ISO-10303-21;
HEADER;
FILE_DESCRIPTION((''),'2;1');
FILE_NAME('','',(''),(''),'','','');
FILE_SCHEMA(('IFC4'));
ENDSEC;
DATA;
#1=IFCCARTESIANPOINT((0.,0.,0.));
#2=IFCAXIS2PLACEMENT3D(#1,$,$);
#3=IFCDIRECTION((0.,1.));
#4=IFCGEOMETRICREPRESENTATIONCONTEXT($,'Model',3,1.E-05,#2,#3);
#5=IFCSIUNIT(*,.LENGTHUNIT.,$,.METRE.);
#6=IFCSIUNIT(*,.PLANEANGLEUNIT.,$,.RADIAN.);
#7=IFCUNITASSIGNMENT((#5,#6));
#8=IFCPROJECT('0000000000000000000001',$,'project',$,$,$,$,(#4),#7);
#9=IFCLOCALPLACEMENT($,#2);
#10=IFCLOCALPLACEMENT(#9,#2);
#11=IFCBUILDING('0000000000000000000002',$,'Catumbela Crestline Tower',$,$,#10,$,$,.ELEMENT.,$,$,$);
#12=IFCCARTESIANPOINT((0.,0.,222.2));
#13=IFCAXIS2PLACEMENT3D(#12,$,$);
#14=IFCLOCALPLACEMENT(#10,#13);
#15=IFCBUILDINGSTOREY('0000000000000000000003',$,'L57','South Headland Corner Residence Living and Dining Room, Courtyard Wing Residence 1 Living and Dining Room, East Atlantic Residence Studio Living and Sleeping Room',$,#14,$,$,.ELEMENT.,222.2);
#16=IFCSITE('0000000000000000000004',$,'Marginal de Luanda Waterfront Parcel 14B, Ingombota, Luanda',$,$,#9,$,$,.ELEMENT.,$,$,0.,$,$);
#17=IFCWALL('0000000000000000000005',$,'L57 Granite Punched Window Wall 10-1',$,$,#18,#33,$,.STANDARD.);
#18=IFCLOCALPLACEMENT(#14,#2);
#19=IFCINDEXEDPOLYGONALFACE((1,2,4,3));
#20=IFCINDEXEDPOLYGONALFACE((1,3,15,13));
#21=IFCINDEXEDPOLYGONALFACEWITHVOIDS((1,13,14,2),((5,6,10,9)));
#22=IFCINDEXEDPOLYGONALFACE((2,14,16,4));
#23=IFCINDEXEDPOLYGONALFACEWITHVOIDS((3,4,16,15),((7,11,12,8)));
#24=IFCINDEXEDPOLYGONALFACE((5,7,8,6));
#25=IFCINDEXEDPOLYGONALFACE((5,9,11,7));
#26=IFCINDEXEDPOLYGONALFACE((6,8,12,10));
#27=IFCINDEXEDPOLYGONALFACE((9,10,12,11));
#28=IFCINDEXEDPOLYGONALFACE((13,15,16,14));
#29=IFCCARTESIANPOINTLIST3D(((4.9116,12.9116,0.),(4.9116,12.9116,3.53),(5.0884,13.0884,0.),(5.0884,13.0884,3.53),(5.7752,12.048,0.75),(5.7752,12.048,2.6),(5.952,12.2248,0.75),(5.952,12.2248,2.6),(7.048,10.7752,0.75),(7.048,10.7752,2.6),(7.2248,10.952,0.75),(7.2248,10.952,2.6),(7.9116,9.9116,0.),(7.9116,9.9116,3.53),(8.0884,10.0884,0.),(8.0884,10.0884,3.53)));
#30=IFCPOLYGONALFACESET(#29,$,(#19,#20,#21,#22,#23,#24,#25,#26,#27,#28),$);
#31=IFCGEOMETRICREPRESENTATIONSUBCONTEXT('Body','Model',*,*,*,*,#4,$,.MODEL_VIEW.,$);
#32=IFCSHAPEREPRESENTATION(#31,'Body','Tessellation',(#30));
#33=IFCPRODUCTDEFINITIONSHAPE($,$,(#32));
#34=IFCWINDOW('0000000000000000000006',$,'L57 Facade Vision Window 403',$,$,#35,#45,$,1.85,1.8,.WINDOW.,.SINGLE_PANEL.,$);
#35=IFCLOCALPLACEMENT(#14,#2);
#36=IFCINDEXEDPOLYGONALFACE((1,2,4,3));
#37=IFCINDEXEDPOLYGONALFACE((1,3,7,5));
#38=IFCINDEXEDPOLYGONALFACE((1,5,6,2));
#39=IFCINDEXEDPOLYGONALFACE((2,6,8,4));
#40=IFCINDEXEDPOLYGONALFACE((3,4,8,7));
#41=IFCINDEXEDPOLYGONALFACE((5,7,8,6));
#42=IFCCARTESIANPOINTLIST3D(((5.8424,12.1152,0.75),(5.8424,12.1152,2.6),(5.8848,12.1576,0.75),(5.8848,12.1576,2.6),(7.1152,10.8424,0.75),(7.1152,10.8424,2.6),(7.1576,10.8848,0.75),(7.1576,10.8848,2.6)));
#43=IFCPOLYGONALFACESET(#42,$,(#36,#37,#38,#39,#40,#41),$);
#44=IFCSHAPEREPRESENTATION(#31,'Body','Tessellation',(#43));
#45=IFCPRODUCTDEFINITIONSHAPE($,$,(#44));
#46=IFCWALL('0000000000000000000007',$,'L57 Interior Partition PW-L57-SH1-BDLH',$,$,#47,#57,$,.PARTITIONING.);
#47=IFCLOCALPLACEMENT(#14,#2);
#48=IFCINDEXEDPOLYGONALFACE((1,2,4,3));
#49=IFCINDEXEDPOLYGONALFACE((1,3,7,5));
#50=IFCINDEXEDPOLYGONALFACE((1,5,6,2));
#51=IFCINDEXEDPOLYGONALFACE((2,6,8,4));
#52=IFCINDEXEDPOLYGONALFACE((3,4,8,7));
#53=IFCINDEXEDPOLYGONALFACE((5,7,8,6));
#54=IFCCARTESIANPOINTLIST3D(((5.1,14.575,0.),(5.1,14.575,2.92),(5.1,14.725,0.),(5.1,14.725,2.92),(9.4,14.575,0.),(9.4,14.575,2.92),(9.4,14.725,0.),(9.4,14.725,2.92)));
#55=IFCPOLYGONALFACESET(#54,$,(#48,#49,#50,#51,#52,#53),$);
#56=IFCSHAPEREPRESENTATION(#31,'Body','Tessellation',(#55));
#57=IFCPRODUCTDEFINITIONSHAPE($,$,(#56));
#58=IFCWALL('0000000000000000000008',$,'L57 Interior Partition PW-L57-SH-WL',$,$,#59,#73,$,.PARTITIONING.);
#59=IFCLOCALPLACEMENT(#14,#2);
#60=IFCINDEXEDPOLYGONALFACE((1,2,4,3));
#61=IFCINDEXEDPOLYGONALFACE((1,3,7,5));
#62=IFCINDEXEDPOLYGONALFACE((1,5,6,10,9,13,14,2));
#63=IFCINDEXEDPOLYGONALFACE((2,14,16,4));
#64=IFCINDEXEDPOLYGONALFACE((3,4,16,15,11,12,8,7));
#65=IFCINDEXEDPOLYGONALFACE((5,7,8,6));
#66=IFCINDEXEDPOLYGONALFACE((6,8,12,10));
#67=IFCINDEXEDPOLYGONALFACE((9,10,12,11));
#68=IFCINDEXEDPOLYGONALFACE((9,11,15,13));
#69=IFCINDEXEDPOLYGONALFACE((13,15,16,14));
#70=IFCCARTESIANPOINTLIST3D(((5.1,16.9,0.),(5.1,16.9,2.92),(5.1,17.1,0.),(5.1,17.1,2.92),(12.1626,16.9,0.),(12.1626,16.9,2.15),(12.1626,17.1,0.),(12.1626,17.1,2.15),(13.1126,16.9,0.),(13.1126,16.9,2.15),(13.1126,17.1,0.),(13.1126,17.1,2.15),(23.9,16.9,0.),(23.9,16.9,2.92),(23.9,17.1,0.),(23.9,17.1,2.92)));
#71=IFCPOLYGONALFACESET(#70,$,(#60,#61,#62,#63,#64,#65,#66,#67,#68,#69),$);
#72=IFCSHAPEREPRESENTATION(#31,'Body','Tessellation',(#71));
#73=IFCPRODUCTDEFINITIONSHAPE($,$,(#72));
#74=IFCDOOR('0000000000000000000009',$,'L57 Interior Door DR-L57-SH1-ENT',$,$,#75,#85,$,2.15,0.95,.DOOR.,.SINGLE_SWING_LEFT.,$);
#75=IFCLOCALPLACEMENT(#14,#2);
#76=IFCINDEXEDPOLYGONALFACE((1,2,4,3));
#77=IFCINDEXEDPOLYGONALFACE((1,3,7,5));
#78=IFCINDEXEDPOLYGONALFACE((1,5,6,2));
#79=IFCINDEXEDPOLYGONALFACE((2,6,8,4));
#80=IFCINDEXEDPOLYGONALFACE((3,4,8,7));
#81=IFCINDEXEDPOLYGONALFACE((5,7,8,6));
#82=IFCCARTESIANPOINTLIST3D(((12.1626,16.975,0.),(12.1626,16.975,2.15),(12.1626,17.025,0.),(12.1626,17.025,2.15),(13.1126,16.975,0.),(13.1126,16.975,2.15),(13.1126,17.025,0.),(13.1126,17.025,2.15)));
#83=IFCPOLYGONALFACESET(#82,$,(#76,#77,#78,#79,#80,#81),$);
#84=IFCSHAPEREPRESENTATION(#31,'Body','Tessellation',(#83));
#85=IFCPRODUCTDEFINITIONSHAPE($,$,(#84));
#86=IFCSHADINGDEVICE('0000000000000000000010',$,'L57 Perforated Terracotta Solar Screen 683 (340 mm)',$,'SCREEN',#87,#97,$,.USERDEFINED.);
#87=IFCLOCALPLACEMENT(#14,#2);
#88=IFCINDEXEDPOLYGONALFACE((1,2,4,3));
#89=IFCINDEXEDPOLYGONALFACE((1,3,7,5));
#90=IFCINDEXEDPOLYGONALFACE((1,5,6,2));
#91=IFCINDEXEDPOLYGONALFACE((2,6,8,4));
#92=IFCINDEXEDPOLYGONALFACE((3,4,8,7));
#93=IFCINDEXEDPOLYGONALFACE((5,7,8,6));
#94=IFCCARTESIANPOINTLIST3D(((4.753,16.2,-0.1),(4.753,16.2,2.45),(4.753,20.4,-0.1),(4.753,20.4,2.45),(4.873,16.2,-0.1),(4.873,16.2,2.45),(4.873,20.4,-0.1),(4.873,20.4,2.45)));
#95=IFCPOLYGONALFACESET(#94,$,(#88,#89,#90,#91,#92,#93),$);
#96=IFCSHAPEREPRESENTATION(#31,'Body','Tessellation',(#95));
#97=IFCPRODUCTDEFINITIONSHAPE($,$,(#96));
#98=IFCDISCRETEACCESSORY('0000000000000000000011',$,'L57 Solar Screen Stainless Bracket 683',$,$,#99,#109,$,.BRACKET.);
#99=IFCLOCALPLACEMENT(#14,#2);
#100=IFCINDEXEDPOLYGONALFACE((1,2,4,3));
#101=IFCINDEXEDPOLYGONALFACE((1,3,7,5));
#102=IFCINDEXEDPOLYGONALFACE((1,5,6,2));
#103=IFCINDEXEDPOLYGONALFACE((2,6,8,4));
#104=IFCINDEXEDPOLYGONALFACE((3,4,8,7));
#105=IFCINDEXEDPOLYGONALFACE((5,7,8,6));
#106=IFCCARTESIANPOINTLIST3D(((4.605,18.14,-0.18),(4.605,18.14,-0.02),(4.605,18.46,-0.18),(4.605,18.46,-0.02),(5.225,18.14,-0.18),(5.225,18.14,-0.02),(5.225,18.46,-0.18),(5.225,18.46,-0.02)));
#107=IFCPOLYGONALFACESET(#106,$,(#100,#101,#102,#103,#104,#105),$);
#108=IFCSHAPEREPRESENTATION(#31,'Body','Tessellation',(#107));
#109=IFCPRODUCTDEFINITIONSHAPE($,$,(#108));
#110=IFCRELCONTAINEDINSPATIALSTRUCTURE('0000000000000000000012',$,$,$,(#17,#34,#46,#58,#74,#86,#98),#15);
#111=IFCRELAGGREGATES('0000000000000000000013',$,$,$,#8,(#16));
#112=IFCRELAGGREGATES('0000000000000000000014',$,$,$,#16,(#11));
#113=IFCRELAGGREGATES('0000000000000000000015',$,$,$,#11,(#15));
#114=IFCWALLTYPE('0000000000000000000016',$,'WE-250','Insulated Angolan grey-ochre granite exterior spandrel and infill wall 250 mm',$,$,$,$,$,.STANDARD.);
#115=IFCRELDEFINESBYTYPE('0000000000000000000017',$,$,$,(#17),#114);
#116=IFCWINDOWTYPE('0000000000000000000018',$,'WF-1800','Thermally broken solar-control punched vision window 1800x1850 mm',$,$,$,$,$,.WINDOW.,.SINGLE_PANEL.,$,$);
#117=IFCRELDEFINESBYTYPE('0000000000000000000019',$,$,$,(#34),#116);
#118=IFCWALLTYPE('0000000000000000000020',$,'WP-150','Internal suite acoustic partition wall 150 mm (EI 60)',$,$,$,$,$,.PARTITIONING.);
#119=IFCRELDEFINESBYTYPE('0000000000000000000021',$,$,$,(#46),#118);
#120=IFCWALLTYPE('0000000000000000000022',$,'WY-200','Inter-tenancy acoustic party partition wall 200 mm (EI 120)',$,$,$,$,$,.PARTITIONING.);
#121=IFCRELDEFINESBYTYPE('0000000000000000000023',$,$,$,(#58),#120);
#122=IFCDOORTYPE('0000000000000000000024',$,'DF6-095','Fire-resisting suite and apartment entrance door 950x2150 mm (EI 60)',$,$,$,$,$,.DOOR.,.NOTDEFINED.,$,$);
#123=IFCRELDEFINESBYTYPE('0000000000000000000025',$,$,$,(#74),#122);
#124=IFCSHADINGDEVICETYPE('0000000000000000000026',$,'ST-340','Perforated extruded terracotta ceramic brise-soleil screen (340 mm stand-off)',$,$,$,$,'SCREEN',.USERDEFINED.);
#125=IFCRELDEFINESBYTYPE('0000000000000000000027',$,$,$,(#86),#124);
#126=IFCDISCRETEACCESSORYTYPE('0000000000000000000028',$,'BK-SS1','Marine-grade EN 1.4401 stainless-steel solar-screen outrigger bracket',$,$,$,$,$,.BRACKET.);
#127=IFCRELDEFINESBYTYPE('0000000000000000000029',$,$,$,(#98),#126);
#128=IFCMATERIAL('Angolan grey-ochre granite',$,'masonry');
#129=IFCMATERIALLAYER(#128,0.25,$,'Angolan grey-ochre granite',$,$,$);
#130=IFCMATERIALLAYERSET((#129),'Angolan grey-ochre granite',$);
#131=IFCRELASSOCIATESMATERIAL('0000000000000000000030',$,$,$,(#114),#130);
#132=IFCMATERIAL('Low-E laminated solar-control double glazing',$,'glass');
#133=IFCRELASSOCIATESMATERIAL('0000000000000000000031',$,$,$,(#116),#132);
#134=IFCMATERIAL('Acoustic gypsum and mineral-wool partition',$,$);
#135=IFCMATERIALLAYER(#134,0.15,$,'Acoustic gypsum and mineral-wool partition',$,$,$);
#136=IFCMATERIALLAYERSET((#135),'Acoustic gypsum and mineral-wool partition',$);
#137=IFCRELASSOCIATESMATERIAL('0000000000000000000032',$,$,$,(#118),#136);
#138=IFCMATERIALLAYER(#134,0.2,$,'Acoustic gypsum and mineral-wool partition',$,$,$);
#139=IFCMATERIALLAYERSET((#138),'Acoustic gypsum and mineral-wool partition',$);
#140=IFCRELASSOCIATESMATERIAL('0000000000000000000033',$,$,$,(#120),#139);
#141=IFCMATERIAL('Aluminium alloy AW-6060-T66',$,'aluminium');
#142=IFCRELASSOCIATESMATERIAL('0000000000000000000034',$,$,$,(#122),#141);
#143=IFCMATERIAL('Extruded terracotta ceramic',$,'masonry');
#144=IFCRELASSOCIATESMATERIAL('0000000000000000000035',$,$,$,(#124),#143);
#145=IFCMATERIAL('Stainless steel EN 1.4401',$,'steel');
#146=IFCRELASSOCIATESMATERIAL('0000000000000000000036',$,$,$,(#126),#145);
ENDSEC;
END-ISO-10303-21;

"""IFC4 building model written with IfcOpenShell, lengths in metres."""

from ifc_helpers import new_model, si_unit, direction, frame, frame_2d, origin, origin_2d, place, context, subcontext, project, spatial, rectangle, extrude, material, layer, layer_set, type_object, element, fill, save


model = new_model("IFC4")

# Units and contexts
model_context = context("Model", 3, precision=1e-05, world=origin(), true_north=direction((0.0, 1.0)))
body_context = subcontext(model_context, "Body", "Model", "MODEL_VIEW")
ifc_project = project(units=[si_unit("LENGTHUNIT", "METRE"), si_unit("PLANEANGLEUNIT", "RADIAN")], contexts=[model_context])

# Site, building, storey
site_placement = place(None, origin())
site = spatial("IfcSite", under=ifc_project, at=site_placement, Name="Marginal de Luanda Waterfront Parcel 14B, Ingombota, Luanda", CompositionType="ELEMENT", RefElevation=0.0)
building_placement = place(site_placement, origin())
building = spatial("IfcBuilding", under=site, at=building_placement, Name="Catumbela Crestline Tower", CompositionType="ELEMENT")
storey_placement = place(building_placement, frame((0.0, 0.0, 222.2)))
storey = spatial("IfcBuildingStorey", under=building, at=storey_placement, Name="L57", Description="South Headland Corner Residence Living and Dining Room, Courtyard Wing Residence 1 Living and Dining Room, East Atlantic Residence Studio Living and Sleeping Room", CompositionType="ELEMENT", Elevation=222.2)

# Shared definitions
ifc_material_1 = material(Name="Aluminium alloy AW-6060-T66", Category="aluminium")
ifc_material_2 = material(Name="Low-E laminated solar-control double glazing", Category="glass")

# Wall, opening, window
ifc_material_3 = material(Name="Angolan grey-ochre granite", Category="masonry")
ifc_layer_1 = layer(ifc_material_3, 0.25, Name="Angolan grey-ochre granite")
ifc_layer_set_1 = layer_set([ifc_layer_1], Name="Angolan grey-ochre granite")
wall_type_1 = type_object("IfcWallType", Name="WE-250", Description="Insulated Angolan grey-ochre granite exterior spandrel and infill wall 250 mm", PredefinedType="STANDARD", material=ifc_layer_set_1)
wall_1_placement = place(storey_placement, frame((5.0, 13.0, 0.0), z_axis=(0.0, 0.0, 1.0), x_axis=(0.707107, -0.707107, 0.0)))
wall_1 = element("IfcWall", 1, at=wall_1_placement, inside=storey, type_object=wall_type_1, Name="L57 Granite Punched Window Wall 10-1", PredefinedType="STANDARD", context=body_context, shape_type="SweptSolid", body=[
    extrude(rectangle(XDim=4.2426, YDim=0.25, at=frame_2d((2.1213, 0.0))), origin(), (0.0, 0.0, 1.0), 3.53),
])
opening_1_placement = place(wall_1_placement, frame((1.2213, 0.0, 0.75)))
opening_1 = element("IfcOpeningElement", 2, at=opening_1_placement, cuts=wall_1, PredefinedType="OPENING", context=body_context, shape_type="SweptSolid", body=[
    extrude(rectangle(XDim=1.8, YDim=1.85, at=frame_2d((0.9, 0.925))), frame((0.0, 0.135, 0.0), z_axis=(0.0, -1.0, 0.0), x_axis=(1.0, 0.0, 0.0)), (0.0, 0.0, 1.0), 0.27),
])
window_type = type_object("IfcWindowType", Name="WF-1800", Description="Thermally broken solar-control punched vision window 1800x1850 mm", PartitioningType="SINGLE_PANEL", PredefinedType="WINDOW", material=ifc_material_2)
window_placement = place(opening_1_placement, origin())
window = element("IfcWindow", 3, at=window_placement, inside=storey, type_object=window_type, Name="L57 Facade Vision Window 403", OverallHeight=1.85, OverallWidth=1.8, PartitioningType="SINGLE_PANEL", PredefinedType="WINDOW", context=body_context, shape_type="SweptSolid", body=[
    extrude(rectangle(XDim=1.8, YDim=1.85, at=frame_2d((0.9, 0.925))), frame((0.0, 0.03, 0.0), z_axis=(0.0, -1.0, 0.0), x_axis=(1.0, 0.0, 0.0)), (0.0, 0.0, 1.0), 0.06),
])
fill(opening_1, window)

# Wall
ifc_material_4 = material(Name="Acoustic gypsum and mineral-wool partition")
ifc_layer_2 = layer(ifc_material_4, 0.15, Name="Acoustic gypsum and mineral-wool partition")
ifc_layer_set_2 = layer_set([ifc_layer_2], Name="Acoustic gypsum and mineral-wool partition")
wall_type_2 = type_object("IfcWallType", Name="WP-150", Description="Internal suite acoustic partition wall 150 mm (EI 60)", PredefinedType="PARTITIONING", material=ifc_layer_set_2)
wall_2_placement = place(storey_placement, frame((5.1, 14.65, 0.0), z_axis=(0.0, 0.0, 1.0), x_axis=(1.0, 0.0, 0.0)))
element("IfcWall", 4, at=wall_2_placement, inside=storey, type_object=wall_type_2, Name="L57 Interior Partition PW-L57-SH1-BDLH", PredefinedType="PARTITIONING", context=body_context, shape_type="SweptSolid", body=[
    extrude(rectangle(XDim=4.3, YDim=0.15, at=frame_2d((2.15, 0.0))), origin(), (0.0, 0.0, 1.0), 2.92),
])

# Wall, opening, door
ifc_layer_3 = layer(ifc_material_4, 0.2, Name="Acoustic gypsum and mineral-wool partition")
ifc_layer_set_3 = layer_set([ifc_layer_3], Name="Acoustic gypsum and mineral-wool partition")
wall_type_3 = type_object("IfcWallType", Name="WY-200", Description="Inter-tenancy acoustic party partition wall 200 mm (EI 120)", PredefinedType="PARTITIONING", material=ifc_layer_set_3)
wall_3_placement = place(storey_placement, frame((5.1, 17.0, 0.0), z_axis=(0.0, 0.0, 1.0), x_axis=(1.0, 0.0, 0.0)))
wall_3 = element("IfcWall", 5, at=wall_3_placement, inside=storey, type_object=wall_type_3, Name="L57 Interior Partition PW-L57-SH-WL", PredefinedType="PARTITIONING", context=body_context, shape_type="SweptSolid", body=[
    extrude(rectangle(XDim=18.8, YDim=0.2, at=frame_2d((9.4, 0.0))), origin(), (0.0, 0.0, 1.0), 2.92),
])
opening_2_placement = place(wall_3_placement, frame((7.0626, 0.0, 0.0)))
opening_2 = element("IfcOpeningElement", 6, at=opening_2_placement, cuts=wall_3, PredefinedType="OPENING", context=body_context, shape_type="SweptSolid", body=[
    extrude(rectangle(XDim=0.95, YDim=2.15, at=frame_2d((0.475, 1.075))), frame((0.0, 0.11, 0.0), z_axis=(0.0, -1.0, 0.0), x_axis=(1.0, 0.0, 0.0)), (0.0, 0.0, 1.0), 0.22),
])
door_type = type_object("IfcDoorType", Name="DF6-095", Description="Fire-resisting suite and apartment entrance door 950x2150 mm (EI 60)", OperationType="NOTDEFINED", PredefinedType="DOOR", material=ifc_material_1)
door_placement = place(opening_2_placement, origin())
door = element("IfcDoor", 7, at=door_placement, inside=storey, type_object=door_type, Name="L57 Interior Door DR-L57-SH1-ENT", OperationType="SINGLE_SWING_LEFT", OverallHeight=2.15, OverallWidth=0.95, PredefinedType="DOOR", context=body_context, shape_type="SweptSolid", body=[
    extrude(rectangle(XDim=0.95, YDim=2.15, at=frame_2d((0.475, 1.075))), frame((0.0, 0.025, 0.0), z_axis=(0.0, -1.0, 0.0), x_axis=(1.0, 0.0, 0.0)), (0.0, 0.0, 1.0), 0.05),
])
fill(opening_2, door)

# Shading device
ifc_material_5 = material(Name="Extruded terracotta ceramic", Category="masonry")
shading_device_type = type_object("IfcShadingDeviceType", Name="ST-340", Description="Perforated extruded terracotta ceramic brise-soleil screen (340 mm stand-off)", ElementType="SCREEN", PredefinedType="USERDEFINED", material=ifc_material_5)
shading_device_placement = place(storey_placement, frame((4.813, 18.3, -0.1), z_axis=(0.0, 0.0, 1.0), x_axis=(0.0, -1.0, 0.0)))
element("IfcShadingDevice", 8, at=shading_device_placement, inside=storey, type_object=shading_device_type, Name="L57 Perforated Terracotta Solar Screen 683 (340 mm)", ObjectType="SCREEN", PredefinedType="USERDEFINED", context=body_context, shape_type="SweptSolid", body=[
    extrude(rectangle(XDim=4.2, YDim=0.12, at=origin_2d()), origin(), (0.0, 0.0, 1.0), 2.55),
])

# Discrete accessory
ifc_material_6 = material(Name="Stainless steel EN 1.4401", Category="steel")
discrete_accessory_type = type_object("IfcDiscreteAccessoryType", Name="BK-SS1", Description="Marine-grade EN 1.4401 stainless-steel solar-screen outrigger bracket", PredefinedType="BRACKET", material=ifc_material_6)
discrete_accessory_placement = place(storey_placement, frame((4.915, 18.3, -0.18), z_axis=(0.0, 0.0, 1.0), x_axis=(0.0, -1.0, 0.0)))
element("IfcDiscreteAccessory", 9, at=discrete_accessory_placement, inside=storey, type_object=discrete_accessory_type, Name="L57 Solar Screen Stainless Bracket 683", PredefinedType="BRACKET", context=body_context, shape_type="SweptSolid", body=[
    extrude(rectangle(XDim=0.32, YDim=0.62, at=origin_2d()), origin(), (0.0, 0.0, 1.0), 0.16),
])

save(model, "model.ifc")
